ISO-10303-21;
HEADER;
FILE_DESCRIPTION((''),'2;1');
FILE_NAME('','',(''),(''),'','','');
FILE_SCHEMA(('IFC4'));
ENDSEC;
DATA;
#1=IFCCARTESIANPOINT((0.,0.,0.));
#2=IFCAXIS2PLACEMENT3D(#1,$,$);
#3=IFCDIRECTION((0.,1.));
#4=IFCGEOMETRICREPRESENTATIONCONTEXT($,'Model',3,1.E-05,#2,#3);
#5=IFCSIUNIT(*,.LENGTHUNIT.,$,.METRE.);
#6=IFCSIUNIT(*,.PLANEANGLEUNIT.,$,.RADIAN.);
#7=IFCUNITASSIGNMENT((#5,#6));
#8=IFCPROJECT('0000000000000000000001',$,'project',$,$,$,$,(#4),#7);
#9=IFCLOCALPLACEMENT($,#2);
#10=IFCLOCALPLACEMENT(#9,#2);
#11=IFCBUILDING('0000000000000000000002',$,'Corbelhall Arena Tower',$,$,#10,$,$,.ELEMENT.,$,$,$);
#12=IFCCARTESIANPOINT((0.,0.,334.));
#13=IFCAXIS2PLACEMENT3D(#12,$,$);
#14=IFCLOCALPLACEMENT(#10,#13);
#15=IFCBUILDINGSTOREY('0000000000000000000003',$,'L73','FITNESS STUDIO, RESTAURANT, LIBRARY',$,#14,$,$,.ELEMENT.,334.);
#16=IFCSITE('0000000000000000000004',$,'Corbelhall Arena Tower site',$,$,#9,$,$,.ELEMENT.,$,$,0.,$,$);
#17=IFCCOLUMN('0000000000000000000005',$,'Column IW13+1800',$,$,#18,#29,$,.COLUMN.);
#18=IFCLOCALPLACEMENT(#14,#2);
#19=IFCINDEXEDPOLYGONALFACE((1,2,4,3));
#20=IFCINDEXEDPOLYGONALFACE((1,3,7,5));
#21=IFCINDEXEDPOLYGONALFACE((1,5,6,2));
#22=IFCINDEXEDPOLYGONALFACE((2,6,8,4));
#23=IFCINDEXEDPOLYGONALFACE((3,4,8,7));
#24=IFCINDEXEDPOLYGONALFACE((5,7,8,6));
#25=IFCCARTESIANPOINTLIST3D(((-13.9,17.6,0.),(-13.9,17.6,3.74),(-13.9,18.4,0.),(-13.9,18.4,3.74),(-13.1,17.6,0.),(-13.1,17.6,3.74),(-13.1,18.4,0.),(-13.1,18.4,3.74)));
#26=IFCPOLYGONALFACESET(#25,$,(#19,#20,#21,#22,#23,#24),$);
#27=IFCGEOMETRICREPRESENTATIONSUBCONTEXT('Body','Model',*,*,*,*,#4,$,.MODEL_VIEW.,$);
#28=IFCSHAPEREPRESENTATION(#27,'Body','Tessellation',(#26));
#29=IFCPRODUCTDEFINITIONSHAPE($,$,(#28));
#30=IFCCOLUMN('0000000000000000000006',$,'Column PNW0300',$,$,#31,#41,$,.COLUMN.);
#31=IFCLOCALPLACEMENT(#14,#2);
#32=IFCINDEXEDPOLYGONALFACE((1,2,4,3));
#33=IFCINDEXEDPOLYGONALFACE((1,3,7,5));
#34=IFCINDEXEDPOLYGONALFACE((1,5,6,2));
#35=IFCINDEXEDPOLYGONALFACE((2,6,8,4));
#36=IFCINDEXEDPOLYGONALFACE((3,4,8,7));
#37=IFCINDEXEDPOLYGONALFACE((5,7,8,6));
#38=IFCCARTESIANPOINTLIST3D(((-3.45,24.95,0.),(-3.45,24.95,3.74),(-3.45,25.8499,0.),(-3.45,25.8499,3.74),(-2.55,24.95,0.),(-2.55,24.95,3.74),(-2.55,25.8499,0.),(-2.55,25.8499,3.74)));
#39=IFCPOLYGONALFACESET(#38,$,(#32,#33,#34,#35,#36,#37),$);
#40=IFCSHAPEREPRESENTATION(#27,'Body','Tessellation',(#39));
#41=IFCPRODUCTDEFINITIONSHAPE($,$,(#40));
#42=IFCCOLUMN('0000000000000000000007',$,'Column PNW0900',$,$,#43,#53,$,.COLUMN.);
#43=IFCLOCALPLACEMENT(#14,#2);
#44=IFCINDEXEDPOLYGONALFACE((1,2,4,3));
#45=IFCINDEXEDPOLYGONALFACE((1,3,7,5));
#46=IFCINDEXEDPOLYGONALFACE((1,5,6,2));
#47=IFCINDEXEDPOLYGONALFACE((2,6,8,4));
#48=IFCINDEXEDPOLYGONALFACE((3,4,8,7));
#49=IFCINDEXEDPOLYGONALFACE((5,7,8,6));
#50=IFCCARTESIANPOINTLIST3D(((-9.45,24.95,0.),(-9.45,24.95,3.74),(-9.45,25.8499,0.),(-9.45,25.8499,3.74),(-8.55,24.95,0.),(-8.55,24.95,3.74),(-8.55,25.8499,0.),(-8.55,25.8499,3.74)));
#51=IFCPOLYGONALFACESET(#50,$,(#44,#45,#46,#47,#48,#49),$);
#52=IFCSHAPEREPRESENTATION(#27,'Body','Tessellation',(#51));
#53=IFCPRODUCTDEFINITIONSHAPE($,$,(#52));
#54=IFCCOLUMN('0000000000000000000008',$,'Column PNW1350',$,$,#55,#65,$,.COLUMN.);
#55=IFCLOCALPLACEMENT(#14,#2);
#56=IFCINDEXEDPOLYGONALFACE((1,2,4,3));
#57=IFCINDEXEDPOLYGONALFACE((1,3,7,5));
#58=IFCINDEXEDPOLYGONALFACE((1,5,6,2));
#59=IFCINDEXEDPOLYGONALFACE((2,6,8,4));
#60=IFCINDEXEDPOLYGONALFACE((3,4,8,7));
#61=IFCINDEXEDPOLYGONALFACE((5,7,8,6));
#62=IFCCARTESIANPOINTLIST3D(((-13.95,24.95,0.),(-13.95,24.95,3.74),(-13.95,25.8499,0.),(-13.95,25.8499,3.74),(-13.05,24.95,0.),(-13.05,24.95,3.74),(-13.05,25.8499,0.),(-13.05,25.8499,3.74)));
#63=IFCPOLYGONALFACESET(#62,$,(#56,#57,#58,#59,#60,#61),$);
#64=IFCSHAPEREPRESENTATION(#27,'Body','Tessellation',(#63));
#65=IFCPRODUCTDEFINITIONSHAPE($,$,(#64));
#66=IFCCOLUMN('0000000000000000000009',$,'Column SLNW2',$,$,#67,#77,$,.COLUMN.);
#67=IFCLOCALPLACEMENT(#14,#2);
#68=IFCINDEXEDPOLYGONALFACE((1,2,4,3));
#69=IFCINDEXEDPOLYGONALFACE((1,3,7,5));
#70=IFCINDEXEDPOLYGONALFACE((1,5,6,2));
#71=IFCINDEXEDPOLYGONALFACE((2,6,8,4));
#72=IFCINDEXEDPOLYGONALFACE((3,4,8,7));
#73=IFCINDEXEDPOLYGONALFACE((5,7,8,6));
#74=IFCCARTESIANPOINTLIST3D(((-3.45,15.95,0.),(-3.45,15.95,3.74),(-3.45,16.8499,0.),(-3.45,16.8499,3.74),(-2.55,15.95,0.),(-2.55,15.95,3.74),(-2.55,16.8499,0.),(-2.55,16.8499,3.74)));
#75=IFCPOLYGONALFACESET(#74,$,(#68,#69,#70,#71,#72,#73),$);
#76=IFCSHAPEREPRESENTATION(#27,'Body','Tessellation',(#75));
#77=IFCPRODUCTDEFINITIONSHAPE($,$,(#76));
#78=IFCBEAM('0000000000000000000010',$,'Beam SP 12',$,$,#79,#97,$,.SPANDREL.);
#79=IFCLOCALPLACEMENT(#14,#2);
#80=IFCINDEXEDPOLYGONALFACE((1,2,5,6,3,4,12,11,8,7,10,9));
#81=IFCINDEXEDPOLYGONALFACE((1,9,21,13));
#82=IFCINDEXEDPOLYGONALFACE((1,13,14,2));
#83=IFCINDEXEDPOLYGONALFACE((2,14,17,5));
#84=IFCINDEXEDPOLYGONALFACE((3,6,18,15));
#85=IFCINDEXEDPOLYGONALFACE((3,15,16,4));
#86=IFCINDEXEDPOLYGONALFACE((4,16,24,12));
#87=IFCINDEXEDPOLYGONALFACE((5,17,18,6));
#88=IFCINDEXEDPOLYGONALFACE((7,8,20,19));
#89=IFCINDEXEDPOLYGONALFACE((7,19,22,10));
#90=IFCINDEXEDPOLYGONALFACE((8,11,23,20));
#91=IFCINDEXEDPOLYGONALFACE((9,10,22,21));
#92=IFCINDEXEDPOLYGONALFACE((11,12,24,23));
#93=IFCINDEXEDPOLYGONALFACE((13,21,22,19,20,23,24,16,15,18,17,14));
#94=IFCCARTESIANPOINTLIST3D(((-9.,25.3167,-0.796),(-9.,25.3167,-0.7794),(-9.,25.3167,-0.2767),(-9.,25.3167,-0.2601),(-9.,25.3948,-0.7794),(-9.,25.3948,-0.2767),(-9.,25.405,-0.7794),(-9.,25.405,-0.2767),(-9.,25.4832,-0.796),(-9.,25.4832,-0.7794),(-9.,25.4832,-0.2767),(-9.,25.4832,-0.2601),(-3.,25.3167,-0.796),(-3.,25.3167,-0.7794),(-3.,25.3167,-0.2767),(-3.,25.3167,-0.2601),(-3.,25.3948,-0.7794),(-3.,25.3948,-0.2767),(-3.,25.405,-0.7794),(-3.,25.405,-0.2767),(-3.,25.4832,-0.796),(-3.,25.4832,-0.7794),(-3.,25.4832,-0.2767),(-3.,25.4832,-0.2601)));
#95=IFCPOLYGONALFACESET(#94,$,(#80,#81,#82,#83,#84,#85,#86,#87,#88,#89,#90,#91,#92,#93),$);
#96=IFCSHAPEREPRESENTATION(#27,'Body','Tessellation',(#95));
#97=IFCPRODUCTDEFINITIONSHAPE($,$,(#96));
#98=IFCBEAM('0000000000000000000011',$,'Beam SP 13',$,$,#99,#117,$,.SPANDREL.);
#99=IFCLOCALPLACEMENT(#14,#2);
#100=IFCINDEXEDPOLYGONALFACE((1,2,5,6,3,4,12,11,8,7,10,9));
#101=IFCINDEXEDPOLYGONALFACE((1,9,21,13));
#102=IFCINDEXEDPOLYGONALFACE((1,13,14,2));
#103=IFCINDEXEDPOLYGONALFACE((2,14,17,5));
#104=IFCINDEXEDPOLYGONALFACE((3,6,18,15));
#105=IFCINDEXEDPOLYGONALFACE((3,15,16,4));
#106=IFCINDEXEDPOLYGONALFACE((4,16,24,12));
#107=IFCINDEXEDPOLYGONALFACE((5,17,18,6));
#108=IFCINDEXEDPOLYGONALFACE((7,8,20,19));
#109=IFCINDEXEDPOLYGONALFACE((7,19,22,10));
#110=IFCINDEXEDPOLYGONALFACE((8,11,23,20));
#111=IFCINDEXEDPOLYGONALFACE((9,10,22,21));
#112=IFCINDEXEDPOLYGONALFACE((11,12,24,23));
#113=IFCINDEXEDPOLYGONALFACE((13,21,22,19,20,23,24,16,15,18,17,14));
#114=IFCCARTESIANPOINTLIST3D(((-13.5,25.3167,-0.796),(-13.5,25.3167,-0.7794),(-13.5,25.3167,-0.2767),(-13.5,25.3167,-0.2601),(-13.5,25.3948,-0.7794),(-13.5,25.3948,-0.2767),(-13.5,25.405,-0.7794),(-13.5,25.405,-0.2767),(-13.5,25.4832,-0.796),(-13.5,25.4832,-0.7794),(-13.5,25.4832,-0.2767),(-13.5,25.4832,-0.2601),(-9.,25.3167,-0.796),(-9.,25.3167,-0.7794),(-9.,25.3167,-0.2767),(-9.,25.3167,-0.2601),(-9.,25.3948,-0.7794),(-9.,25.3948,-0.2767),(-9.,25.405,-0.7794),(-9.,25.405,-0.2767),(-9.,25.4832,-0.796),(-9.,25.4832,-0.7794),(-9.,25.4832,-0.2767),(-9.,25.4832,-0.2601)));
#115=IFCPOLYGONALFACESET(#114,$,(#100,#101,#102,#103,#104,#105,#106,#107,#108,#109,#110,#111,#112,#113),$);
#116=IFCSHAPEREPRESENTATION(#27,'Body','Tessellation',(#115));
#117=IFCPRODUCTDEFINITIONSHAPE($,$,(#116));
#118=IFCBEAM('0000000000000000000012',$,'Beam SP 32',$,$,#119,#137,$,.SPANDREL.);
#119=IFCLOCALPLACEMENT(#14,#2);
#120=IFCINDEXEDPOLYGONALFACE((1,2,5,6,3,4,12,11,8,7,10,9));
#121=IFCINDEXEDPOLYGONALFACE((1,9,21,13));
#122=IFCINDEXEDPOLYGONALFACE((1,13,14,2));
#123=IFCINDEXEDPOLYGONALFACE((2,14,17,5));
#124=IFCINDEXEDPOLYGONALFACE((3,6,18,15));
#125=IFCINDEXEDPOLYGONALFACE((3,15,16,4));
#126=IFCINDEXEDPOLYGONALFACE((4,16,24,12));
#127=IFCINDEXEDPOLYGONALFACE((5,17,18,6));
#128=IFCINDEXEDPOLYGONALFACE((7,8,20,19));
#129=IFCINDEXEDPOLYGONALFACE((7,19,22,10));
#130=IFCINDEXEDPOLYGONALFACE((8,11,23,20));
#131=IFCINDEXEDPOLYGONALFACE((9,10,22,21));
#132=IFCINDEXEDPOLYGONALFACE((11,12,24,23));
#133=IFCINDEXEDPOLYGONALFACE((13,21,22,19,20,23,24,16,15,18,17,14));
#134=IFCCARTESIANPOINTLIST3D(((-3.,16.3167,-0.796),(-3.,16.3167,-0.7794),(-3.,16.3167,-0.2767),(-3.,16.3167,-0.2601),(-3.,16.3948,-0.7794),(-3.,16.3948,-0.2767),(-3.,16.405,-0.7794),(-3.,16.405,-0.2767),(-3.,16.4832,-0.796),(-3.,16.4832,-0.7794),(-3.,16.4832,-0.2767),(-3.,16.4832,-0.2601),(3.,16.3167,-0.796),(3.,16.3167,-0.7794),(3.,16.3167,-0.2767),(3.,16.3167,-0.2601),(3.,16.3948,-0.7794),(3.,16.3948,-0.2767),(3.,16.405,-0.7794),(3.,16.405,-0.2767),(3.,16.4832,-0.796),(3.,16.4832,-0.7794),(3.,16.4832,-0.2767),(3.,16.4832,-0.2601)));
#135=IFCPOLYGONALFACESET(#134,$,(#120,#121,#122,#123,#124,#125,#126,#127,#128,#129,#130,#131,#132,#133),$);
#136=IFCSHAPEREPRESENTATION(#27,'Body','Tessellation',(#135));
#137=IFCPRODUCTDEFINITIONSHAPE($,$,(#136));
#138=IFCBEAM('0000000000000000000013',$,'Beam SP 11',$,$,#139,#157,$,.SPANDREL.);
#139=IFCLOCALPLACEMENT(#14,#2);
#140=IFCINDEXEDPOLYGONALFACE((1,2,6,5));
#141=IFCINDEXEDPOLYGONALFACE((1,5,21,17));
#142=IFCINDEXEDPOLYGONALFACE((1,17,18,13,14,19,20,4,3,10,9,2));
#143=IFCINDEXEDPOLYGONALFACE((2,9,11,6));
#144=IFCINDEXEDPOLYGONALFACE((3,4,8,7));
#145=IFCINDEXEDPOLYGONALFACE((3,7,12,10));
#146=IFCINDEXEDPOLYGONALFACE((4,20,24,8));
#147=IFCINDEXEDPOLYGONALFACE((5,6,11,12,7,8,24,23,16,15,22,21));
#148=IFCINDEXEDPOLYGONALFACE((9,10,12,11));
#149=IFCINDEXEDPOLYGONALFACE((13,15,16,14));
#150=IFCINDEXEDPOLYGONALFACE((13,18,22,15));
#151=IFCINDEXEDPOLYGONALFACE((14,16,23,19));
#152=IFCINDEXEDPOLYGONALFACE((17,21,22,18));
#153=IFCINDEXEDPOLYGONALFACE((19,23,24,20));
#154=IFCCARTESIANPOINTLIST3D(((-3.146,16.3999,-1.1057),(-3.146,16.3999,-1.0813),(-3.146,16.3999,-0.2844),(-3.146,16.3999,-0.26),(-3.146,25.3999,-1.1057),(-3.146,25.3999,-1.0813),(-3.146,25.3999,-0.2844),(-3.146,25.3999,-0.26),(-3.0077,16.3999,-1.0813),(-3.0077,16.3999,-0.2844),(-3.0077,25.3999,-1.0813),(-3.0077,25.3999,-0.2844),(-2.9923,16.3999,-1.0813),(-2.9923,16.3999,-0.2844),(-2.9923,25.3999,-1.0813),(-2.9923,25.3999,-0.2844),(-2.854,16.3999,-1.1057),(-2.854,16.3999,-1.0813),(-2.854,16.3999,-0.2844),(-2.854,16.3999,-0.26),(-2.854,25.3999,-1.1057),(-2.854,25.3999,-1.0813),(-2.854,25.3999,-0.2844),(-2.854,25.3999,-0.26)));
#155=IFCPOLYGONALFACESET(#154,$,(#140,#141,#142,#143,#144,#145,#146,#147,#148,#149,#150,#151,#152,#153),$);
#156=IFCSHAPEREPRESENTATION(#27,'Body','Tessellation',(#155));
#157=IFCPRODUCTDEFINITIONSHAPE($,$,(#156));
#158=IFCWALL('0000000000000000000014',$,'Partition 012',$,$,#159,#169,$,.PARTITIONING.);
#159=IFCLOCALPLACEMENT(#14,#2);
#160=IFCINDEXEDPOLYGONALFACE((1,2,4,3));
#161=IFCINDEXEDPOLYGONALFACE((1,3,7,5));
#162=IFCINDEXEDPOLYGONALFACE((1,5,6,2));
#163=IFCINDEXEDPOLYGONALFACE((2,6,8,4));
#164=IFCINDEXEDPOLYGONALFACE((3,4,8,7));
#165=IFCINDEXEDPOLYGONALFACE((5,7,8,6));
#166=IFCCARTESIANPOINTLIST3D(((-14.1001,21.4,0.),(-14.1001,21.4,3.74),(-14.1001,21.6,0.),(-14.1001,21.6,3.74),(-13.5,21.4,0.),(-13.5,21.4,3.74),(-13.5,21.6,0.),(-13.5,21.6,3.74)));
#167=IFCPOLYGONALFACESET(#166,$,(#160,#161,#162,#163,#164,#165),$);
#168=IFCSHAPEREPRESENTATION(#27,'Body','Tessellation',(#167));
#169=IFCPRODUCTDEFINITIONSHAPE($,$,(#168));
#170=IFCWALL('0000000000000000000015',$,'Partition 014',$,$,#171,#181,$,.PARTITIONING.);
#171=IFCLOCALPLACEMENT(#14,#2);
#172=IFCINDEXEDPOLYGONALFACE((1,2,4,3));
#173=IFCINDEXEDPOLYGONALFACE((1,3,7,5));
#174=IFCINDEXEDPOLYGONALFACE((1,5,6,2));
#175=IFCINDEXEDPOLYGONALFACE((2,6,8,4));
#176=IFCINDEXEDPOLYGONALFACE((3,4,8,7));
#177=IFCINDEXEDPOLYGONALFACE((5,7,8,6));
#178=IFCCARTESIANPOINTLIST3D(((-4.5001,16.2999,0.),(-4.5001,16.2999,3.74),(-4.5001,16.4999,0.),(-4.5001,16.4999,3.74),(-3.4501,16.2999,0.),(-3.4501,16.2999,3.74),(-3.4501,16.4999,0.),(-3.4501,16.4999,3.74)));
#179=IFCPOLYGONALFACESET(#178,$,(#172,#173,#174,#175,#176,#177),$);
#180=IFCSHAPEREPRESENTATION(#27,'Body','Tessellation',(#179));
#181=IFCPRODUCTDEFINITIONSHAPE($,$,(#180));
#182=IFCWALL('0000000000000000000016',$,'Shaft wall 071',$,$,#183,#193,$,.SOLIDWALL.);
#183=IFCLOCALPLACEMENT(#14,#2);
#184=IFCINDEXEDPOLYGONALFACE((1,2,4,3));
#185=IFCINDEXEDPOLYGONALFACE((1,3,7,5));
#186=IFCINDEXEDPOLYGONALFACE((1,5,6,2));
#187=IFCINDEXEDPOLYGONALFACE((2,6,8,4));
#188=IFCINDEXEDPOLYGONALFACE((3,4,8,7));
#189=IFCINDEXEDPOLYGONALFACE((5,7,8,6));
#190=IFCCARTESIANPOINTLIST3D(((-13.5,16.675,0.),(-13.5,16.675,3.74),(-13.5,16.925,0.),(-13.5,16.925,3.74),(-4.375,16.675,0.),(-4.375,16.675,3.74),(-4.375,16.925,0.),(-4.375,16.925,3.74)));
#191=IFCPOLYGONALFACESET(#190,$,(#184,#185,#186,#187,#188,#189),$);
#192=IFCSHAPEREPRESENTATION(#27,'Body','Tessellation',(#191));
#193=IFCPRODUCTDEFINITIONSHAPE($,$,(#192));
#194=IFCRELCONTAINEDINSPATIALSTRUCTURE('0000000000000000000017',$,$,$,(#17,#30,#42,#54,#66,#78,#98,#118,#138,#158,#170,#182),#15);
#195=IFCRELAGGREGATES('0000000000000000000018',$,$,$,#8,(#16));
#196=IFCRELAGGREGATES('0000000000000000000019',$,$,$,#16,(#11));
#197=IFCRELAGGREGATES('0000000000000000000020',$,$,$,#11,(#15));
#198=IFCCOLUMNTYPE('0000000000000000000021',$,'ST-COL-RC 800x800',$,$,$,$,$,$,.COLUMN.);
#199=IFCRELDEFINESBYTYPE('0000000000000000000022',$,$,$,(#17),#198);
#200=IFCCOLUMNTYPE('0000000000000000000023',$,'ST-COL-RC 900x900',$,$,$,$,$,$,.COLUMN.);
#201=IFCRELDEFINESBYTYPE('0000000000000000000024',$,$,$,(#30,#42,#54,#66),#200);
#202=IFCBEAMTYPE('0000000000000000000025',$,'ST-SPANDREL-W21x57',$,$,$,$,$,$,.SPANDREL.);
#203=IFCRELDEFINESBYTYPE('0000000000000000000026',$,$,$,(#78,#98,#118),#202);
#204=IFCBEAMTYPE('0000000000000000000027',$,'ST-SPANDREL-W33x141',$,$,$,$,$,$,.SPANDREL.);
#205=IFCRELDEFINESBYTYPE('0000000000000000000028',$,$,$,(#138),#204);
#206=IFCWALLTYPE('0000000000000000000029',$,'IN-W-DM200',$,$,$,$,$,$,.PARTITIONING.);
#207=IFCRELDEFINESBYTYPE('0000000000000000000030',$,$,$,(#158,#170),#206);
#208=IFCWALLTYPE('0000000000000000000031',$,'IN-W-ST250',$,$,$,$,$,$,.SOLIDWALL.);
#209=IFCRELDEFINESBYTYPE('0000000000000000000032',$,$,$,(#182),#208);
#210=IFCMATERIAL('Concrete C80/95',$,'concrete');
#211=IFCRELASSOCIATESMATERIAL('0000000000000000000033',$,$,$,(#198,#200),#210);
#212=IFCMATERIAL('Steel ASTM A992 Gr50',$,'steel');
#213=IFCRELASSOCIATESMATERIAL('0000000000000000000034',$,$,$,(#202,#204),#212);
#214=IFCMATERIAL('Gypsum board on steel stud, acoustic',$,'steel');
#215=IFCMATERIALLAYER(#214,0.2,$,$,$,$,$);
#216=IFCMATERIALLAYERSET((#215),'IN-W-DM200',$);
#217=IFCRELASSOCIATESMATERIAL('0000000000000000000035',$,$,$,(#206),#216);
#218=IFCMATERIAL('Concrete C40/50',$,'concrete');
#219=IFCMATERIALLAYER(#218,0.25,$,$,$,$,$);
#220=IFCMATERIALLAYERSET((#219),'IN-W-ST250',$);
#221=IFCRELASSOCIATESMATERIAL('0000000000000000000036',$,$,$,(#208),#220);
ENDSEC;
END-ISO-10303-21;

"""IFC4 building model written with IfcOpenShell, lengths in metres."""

from ifc_helpers import new_model, si_unit, direction, frame, frame_2d, origin, origin_2d, place, context, subcontext, project, spatial, rectangle, i_section, extrude, material, layer, layer_set, material_profile, profile_set, type_object, element, save


model = new_model("IFC4")

# Units and contexts
model_context = context("Model", 3, precision=1e-05, world=origin(), true_north=direction((0.0, 1.0)))
body_context = subcontext(model_context, "Body", "Model", "MODEL_VIEW")
ifc_project = project(units=[si_unit("LENGTHUNIT", "METRE"), si_unit("PLANEANGLEUNIT", "RADIAN")], contexts=[model_context])

# Site, building, storey
site_placement = place(None, origin())
site = spatial("IfcSite", under=ifc_project, at=site_placement, Name="Corbelhall Arena Tower site", CompositionType="ELEMENT", RefElevation=0.0)
building_placement = place(site_placement, origin())
building = spatial("IfcBuilding", under=site, at=building_placement, Name="Corbelhall Arena Tower", CompositionType="ELEMENT")
storey_placement = place(building_placement, frame((0.0, 0.0, 334.0)))
storey = spatial("IfcBuildingStorey", under=building, at=storey_placement, Name="L73", Description="FITNESS STUDIO, RESTAURANT, LIBRARY", CompositionType="ELEMENT", Elevation=334.0)

# Columns
ifc_material_1 = material(Name="Concrete C80/95", Category="concrete")
ifc_material_profile_1 = material_profile(ifc_material_1, rectangle(XDim=0.8, YDim=0.8, at=origin_2d()))
ifc_profile_set_1 = profile_set([ifc_material_profile_1], Name="Concrete C80/95")
column_type_1 = type_object("IfcColumnType", Name="ST-COL-RC 800x800", PredefinedType="COLUMN", material=ifc_profile_set_1)
column_placement = place(storey_placement, frame((-13.5, 18.0, 0.0), z_axis=(0.0, 0.0, 1.0), x_axis=(1.0, 0.0, 0.0)))
element("IfcColumn", 1, at=column_placement, inside=storey, type_object=column_type_1, Name="Column IW13+1800", PredefinedType="COLUMN", context=body_context, shape_type="SweptSolid", body=[
    extrude(rectangle(XDim=0.8, YDim=0.8, at=origin_2d()), origin(), (0.0, 0.0, 1.0), 3.74),
])
ifc_material_profile_2 = material_profile(ifc_material_1, rectangle(XDim=0.8999, YDim=0.8999, at=origin_2d()))
ifc_profile_set_2 = profile_set([ifc_material_profile_2], Name="Concrete C80/95")
column_type_2 = type_object("IfcColumnType", Name="ST-COL-RC 900x900", PredefinedType="COLUMN", material=ifc_profile_set_2)
for number, where, z_axis, x_axis, name in (
    (2, (-3.0, 25.3999, 0.0), (0.0, 0.0, 1.0), (1.0, 0.0, 0.0), "Column PNW0300"),
    (3, (-9.0, 25.3999, 0.0), (0.0, 0.0, 1.0), (1.0, 0.0, 0.0), "Column PNW0900"),
    (4, (-13.5, 25.3999, 0.0), (0.0, 0.0, 1.0), (1.0, 0.0, 0.0), "Column PNW1350"),
    (5, (-3.0, 16.3999, 0.0), (0.0, 0.0, 1.0), (1.0, 0.0, 0.0), "Column SLNW2"),
):
    element("IfcColumn", number, at=place(storey_placement, frame(where, z_axis=z_axis, x_axis=x_axis)), inside=storey, type_object=column_type_2, Name=name, PredefinedType="COLUMN", context=body_context, shape_type="SweptSolid", body=[
        extrude(rectangle(XDim=0.8999, YDim=0.8999, at=origin_2d()), origin(), (0.0, 0.0, 1.0), 3.74),
    ])

# Beams
ifc_material_2 = material(Name="Steel ASTM A992 Gr50", Category="steel")
ifc_material_profile_3 = material_profile(ifc_material_2, i_section(OverallWidth=0.1665, OverallDepth=0.5359, WebThickness=0.0103, FlangeThickness=0.0166, at=origin_2d()))
ifc_profile_set_3 = profile_set([ifc_material_profile_3], Name="Steel ASTM A992 Gr50")
beam_type_1 = type_object("IfcBeamType", Name="ST-SPANDREL-W21x57", PredefinedType="SPANDREL", material=ifc_profile_set_3)
beam_1_placement = place(storey_placement, frame((-9.0, 25.3999, -0.5281), z_axis=(1.0, 0.0, 0.0), x_axis=(0.0, 1.0, 0.0)))
element("IfcBeam", 6, at=beam_1_placement, inside=storey, type_object=beam_type_1, Name="Beam SP 12", PredefinedType="SPANDREL", context=body_context, shape_type="SweptSolid", body=[
    extrude(i_section(OverallWidth=0.1665, OverallDepth=0.5359, WebThickness=0.0103, FlangeThickness=0.0166, at=origin_2d()), origin(), (0.0, 0.0, 1.0), 6.0),
])
beam_2_placement = place(storey_placement, frame((-13.5, 25.3999, -0.5281), z_axis=(1.0, 0.0, 0.0), x_axis=(0.0, 1.0, 0.0)))
element("IfcBeam", 7, at=beam_2_placement, inside=storey, type_object=beam_type_1, Name="Beam SP 13", PredefinedType="SPANDREL", context=body_context, shape_type="SweptSolid", body=[
    extrude(i_section(OverallWidth=0.1665, OverallDepth=0.5359, WebThickness=0.0103, FlangeThickness=0.0166, at=origin_2d()), origin(), (0.0, 0.0, 1.0), 4.5),
])
beam_3_placement = place(storey_placement, frame((-3.0, 16.3999, -0.5281), z_axis=(1.0, 0.0, 0.0), x_axis=(0.0, 1.0, 0.0)))
element("IfcBeam", 8, at=beam_3_placement, inside=storey, type_object=beam_type_1, Name="Beam SP 32", PredefinedType="SPANDREL", context=body_context, shape_type="SweptSolid", body=[
    extrude(i_section(OverallWidth=0.1665, OverallDepth=0.5359, WebThickness=0.0103, FlangeThickness=0.0166, at=origin_2d()), origin(), (0.0, 0.0, 1.0), 6.0),
])
ifc_material_profile_4 = material_profile(ifc_material_2, i_section(OverallWidth=0.292, OverallDepth=0.8457, WebThickness=0.0154, FlangeThickness=0.0244, at=origin_2d()))
ifc_profile_set_4 = profile_set([ifc_material_profile_4], Name="Steel ASTM A992 Gr50")
beam_type_2 = type_object("IfcBeamType", Name="ST-SPANDREL-W33x141", PredefinedType="SPANDREL", material=ifc_profile_set_4)
beam_4_placement = place(storey_placement, frame((-3.0, 25.3999, -0.6829), z_axis=(0.0, -1.0, 0.0), x_axis=(1.0, 0.0, 0.0)))
element("IfcBeam", 9, at=beam_4_placement, inside=storey, type_object=beam_type_2, Name="Beam SP 11", PredefinedType="SPANDREL", context=body_context, shape_type="SweptSolid", body=[
    extrude(i_section(OverallWidth=0.292, OverallDepth=0.8457, WebThickness=0.0154, FlangeThickness=0.0244, at=origin_2d()), origin(), (0.0, 0.0, 1.0), 9.0),
])

# Wall
ifc_material_3 = material(Name="Gypsum board on steel stud, acoustic", Category="steel")
ifc_layer_1 = layer(ifc_material_3, 0.2)
ifc_layer_set_1 = layer_set([ifc_layer_1], Name="IN-W-DM200")
wall_type_1 = type_object("IfcWallType", Name="IN-W-DM200", PredefinedType="PARTITIONING", material=ifc_layer_set_1)
wall_1_placement = place(storey_placement, frame((-13.5, 21.5, 0.0), z_axis=(0.0, 0.0, 1.0), x_axis=(-1.0, 0.0, 0.0)))
element("IfcWall", 10, at=wall_1_placement, inside=storey, type_object=wall_type_1, Name="Partition 012", PredefinedType="PARTITIONING", context=body_context, shape_type="SweptSolid", body=[
    extrude(rectangle(XDim=0.6001, YDim=0.2, at=frame_2d((0.3, 0.0))), origin(), (0.0, 0.0, 1.0), 3.74),
])

# Walls
wall_2_placement = place(storey_placement, frame((-4.5, 16.3999, 0.0), z_axis=(0.0, 0.0, 1.0), x_axis=(1.0, 0.0, 0.0)))
element("IfcWall", 11, at=wall_2_placement, inside=storey, type_object=wall_type_1, Name="Partition 014", PredefinedType="PARTITIONING", context=body_context, shape_type="SweptSolid", body=[
    extrude(rectangle(XDim=1.05, YDim=0.2, at=frame_2d((0.5249, 0.0))), origin(), (0.0, 0.0, 1.0), 3.74),
])
ifc_material_4 = material(Name="Concrete C40/50", Category="concrete")
ifc_layer_2 = layer(ifc_material_4, 0.25)
ifc_layer_set_2 = layer_set([ifc_layer_2], Name="IN-W-ST250")
wall_type_2 = type_object("IfcWallType", Name="IN-W-ST250", PredefinedType="SOLIDWALL", material=ifc_layer_set_2)
wall_3_placement = place(storey_placement, frame((-13.5, 16.8, 0.0), z_axis=(0.0, 0.0, 1.0), x_axis=(1.0, 0.0, 0.0)))
element("IfcWall", 12, at=wall_3_placement, inside=storey, type_object=wall_type_2, Name="Shaft wall 071", PredefinedType="SOLIDWALL", context=body_context, shape_type="SweptSolid", body=[
    extrude(rectangle(XDim=9.125, YDim=0.25, at=frame_2d((4.5625, 0.0))), origin(), (0.0, 0.0, 1.0), 3.74),
])

save(model, "model.ifc")
